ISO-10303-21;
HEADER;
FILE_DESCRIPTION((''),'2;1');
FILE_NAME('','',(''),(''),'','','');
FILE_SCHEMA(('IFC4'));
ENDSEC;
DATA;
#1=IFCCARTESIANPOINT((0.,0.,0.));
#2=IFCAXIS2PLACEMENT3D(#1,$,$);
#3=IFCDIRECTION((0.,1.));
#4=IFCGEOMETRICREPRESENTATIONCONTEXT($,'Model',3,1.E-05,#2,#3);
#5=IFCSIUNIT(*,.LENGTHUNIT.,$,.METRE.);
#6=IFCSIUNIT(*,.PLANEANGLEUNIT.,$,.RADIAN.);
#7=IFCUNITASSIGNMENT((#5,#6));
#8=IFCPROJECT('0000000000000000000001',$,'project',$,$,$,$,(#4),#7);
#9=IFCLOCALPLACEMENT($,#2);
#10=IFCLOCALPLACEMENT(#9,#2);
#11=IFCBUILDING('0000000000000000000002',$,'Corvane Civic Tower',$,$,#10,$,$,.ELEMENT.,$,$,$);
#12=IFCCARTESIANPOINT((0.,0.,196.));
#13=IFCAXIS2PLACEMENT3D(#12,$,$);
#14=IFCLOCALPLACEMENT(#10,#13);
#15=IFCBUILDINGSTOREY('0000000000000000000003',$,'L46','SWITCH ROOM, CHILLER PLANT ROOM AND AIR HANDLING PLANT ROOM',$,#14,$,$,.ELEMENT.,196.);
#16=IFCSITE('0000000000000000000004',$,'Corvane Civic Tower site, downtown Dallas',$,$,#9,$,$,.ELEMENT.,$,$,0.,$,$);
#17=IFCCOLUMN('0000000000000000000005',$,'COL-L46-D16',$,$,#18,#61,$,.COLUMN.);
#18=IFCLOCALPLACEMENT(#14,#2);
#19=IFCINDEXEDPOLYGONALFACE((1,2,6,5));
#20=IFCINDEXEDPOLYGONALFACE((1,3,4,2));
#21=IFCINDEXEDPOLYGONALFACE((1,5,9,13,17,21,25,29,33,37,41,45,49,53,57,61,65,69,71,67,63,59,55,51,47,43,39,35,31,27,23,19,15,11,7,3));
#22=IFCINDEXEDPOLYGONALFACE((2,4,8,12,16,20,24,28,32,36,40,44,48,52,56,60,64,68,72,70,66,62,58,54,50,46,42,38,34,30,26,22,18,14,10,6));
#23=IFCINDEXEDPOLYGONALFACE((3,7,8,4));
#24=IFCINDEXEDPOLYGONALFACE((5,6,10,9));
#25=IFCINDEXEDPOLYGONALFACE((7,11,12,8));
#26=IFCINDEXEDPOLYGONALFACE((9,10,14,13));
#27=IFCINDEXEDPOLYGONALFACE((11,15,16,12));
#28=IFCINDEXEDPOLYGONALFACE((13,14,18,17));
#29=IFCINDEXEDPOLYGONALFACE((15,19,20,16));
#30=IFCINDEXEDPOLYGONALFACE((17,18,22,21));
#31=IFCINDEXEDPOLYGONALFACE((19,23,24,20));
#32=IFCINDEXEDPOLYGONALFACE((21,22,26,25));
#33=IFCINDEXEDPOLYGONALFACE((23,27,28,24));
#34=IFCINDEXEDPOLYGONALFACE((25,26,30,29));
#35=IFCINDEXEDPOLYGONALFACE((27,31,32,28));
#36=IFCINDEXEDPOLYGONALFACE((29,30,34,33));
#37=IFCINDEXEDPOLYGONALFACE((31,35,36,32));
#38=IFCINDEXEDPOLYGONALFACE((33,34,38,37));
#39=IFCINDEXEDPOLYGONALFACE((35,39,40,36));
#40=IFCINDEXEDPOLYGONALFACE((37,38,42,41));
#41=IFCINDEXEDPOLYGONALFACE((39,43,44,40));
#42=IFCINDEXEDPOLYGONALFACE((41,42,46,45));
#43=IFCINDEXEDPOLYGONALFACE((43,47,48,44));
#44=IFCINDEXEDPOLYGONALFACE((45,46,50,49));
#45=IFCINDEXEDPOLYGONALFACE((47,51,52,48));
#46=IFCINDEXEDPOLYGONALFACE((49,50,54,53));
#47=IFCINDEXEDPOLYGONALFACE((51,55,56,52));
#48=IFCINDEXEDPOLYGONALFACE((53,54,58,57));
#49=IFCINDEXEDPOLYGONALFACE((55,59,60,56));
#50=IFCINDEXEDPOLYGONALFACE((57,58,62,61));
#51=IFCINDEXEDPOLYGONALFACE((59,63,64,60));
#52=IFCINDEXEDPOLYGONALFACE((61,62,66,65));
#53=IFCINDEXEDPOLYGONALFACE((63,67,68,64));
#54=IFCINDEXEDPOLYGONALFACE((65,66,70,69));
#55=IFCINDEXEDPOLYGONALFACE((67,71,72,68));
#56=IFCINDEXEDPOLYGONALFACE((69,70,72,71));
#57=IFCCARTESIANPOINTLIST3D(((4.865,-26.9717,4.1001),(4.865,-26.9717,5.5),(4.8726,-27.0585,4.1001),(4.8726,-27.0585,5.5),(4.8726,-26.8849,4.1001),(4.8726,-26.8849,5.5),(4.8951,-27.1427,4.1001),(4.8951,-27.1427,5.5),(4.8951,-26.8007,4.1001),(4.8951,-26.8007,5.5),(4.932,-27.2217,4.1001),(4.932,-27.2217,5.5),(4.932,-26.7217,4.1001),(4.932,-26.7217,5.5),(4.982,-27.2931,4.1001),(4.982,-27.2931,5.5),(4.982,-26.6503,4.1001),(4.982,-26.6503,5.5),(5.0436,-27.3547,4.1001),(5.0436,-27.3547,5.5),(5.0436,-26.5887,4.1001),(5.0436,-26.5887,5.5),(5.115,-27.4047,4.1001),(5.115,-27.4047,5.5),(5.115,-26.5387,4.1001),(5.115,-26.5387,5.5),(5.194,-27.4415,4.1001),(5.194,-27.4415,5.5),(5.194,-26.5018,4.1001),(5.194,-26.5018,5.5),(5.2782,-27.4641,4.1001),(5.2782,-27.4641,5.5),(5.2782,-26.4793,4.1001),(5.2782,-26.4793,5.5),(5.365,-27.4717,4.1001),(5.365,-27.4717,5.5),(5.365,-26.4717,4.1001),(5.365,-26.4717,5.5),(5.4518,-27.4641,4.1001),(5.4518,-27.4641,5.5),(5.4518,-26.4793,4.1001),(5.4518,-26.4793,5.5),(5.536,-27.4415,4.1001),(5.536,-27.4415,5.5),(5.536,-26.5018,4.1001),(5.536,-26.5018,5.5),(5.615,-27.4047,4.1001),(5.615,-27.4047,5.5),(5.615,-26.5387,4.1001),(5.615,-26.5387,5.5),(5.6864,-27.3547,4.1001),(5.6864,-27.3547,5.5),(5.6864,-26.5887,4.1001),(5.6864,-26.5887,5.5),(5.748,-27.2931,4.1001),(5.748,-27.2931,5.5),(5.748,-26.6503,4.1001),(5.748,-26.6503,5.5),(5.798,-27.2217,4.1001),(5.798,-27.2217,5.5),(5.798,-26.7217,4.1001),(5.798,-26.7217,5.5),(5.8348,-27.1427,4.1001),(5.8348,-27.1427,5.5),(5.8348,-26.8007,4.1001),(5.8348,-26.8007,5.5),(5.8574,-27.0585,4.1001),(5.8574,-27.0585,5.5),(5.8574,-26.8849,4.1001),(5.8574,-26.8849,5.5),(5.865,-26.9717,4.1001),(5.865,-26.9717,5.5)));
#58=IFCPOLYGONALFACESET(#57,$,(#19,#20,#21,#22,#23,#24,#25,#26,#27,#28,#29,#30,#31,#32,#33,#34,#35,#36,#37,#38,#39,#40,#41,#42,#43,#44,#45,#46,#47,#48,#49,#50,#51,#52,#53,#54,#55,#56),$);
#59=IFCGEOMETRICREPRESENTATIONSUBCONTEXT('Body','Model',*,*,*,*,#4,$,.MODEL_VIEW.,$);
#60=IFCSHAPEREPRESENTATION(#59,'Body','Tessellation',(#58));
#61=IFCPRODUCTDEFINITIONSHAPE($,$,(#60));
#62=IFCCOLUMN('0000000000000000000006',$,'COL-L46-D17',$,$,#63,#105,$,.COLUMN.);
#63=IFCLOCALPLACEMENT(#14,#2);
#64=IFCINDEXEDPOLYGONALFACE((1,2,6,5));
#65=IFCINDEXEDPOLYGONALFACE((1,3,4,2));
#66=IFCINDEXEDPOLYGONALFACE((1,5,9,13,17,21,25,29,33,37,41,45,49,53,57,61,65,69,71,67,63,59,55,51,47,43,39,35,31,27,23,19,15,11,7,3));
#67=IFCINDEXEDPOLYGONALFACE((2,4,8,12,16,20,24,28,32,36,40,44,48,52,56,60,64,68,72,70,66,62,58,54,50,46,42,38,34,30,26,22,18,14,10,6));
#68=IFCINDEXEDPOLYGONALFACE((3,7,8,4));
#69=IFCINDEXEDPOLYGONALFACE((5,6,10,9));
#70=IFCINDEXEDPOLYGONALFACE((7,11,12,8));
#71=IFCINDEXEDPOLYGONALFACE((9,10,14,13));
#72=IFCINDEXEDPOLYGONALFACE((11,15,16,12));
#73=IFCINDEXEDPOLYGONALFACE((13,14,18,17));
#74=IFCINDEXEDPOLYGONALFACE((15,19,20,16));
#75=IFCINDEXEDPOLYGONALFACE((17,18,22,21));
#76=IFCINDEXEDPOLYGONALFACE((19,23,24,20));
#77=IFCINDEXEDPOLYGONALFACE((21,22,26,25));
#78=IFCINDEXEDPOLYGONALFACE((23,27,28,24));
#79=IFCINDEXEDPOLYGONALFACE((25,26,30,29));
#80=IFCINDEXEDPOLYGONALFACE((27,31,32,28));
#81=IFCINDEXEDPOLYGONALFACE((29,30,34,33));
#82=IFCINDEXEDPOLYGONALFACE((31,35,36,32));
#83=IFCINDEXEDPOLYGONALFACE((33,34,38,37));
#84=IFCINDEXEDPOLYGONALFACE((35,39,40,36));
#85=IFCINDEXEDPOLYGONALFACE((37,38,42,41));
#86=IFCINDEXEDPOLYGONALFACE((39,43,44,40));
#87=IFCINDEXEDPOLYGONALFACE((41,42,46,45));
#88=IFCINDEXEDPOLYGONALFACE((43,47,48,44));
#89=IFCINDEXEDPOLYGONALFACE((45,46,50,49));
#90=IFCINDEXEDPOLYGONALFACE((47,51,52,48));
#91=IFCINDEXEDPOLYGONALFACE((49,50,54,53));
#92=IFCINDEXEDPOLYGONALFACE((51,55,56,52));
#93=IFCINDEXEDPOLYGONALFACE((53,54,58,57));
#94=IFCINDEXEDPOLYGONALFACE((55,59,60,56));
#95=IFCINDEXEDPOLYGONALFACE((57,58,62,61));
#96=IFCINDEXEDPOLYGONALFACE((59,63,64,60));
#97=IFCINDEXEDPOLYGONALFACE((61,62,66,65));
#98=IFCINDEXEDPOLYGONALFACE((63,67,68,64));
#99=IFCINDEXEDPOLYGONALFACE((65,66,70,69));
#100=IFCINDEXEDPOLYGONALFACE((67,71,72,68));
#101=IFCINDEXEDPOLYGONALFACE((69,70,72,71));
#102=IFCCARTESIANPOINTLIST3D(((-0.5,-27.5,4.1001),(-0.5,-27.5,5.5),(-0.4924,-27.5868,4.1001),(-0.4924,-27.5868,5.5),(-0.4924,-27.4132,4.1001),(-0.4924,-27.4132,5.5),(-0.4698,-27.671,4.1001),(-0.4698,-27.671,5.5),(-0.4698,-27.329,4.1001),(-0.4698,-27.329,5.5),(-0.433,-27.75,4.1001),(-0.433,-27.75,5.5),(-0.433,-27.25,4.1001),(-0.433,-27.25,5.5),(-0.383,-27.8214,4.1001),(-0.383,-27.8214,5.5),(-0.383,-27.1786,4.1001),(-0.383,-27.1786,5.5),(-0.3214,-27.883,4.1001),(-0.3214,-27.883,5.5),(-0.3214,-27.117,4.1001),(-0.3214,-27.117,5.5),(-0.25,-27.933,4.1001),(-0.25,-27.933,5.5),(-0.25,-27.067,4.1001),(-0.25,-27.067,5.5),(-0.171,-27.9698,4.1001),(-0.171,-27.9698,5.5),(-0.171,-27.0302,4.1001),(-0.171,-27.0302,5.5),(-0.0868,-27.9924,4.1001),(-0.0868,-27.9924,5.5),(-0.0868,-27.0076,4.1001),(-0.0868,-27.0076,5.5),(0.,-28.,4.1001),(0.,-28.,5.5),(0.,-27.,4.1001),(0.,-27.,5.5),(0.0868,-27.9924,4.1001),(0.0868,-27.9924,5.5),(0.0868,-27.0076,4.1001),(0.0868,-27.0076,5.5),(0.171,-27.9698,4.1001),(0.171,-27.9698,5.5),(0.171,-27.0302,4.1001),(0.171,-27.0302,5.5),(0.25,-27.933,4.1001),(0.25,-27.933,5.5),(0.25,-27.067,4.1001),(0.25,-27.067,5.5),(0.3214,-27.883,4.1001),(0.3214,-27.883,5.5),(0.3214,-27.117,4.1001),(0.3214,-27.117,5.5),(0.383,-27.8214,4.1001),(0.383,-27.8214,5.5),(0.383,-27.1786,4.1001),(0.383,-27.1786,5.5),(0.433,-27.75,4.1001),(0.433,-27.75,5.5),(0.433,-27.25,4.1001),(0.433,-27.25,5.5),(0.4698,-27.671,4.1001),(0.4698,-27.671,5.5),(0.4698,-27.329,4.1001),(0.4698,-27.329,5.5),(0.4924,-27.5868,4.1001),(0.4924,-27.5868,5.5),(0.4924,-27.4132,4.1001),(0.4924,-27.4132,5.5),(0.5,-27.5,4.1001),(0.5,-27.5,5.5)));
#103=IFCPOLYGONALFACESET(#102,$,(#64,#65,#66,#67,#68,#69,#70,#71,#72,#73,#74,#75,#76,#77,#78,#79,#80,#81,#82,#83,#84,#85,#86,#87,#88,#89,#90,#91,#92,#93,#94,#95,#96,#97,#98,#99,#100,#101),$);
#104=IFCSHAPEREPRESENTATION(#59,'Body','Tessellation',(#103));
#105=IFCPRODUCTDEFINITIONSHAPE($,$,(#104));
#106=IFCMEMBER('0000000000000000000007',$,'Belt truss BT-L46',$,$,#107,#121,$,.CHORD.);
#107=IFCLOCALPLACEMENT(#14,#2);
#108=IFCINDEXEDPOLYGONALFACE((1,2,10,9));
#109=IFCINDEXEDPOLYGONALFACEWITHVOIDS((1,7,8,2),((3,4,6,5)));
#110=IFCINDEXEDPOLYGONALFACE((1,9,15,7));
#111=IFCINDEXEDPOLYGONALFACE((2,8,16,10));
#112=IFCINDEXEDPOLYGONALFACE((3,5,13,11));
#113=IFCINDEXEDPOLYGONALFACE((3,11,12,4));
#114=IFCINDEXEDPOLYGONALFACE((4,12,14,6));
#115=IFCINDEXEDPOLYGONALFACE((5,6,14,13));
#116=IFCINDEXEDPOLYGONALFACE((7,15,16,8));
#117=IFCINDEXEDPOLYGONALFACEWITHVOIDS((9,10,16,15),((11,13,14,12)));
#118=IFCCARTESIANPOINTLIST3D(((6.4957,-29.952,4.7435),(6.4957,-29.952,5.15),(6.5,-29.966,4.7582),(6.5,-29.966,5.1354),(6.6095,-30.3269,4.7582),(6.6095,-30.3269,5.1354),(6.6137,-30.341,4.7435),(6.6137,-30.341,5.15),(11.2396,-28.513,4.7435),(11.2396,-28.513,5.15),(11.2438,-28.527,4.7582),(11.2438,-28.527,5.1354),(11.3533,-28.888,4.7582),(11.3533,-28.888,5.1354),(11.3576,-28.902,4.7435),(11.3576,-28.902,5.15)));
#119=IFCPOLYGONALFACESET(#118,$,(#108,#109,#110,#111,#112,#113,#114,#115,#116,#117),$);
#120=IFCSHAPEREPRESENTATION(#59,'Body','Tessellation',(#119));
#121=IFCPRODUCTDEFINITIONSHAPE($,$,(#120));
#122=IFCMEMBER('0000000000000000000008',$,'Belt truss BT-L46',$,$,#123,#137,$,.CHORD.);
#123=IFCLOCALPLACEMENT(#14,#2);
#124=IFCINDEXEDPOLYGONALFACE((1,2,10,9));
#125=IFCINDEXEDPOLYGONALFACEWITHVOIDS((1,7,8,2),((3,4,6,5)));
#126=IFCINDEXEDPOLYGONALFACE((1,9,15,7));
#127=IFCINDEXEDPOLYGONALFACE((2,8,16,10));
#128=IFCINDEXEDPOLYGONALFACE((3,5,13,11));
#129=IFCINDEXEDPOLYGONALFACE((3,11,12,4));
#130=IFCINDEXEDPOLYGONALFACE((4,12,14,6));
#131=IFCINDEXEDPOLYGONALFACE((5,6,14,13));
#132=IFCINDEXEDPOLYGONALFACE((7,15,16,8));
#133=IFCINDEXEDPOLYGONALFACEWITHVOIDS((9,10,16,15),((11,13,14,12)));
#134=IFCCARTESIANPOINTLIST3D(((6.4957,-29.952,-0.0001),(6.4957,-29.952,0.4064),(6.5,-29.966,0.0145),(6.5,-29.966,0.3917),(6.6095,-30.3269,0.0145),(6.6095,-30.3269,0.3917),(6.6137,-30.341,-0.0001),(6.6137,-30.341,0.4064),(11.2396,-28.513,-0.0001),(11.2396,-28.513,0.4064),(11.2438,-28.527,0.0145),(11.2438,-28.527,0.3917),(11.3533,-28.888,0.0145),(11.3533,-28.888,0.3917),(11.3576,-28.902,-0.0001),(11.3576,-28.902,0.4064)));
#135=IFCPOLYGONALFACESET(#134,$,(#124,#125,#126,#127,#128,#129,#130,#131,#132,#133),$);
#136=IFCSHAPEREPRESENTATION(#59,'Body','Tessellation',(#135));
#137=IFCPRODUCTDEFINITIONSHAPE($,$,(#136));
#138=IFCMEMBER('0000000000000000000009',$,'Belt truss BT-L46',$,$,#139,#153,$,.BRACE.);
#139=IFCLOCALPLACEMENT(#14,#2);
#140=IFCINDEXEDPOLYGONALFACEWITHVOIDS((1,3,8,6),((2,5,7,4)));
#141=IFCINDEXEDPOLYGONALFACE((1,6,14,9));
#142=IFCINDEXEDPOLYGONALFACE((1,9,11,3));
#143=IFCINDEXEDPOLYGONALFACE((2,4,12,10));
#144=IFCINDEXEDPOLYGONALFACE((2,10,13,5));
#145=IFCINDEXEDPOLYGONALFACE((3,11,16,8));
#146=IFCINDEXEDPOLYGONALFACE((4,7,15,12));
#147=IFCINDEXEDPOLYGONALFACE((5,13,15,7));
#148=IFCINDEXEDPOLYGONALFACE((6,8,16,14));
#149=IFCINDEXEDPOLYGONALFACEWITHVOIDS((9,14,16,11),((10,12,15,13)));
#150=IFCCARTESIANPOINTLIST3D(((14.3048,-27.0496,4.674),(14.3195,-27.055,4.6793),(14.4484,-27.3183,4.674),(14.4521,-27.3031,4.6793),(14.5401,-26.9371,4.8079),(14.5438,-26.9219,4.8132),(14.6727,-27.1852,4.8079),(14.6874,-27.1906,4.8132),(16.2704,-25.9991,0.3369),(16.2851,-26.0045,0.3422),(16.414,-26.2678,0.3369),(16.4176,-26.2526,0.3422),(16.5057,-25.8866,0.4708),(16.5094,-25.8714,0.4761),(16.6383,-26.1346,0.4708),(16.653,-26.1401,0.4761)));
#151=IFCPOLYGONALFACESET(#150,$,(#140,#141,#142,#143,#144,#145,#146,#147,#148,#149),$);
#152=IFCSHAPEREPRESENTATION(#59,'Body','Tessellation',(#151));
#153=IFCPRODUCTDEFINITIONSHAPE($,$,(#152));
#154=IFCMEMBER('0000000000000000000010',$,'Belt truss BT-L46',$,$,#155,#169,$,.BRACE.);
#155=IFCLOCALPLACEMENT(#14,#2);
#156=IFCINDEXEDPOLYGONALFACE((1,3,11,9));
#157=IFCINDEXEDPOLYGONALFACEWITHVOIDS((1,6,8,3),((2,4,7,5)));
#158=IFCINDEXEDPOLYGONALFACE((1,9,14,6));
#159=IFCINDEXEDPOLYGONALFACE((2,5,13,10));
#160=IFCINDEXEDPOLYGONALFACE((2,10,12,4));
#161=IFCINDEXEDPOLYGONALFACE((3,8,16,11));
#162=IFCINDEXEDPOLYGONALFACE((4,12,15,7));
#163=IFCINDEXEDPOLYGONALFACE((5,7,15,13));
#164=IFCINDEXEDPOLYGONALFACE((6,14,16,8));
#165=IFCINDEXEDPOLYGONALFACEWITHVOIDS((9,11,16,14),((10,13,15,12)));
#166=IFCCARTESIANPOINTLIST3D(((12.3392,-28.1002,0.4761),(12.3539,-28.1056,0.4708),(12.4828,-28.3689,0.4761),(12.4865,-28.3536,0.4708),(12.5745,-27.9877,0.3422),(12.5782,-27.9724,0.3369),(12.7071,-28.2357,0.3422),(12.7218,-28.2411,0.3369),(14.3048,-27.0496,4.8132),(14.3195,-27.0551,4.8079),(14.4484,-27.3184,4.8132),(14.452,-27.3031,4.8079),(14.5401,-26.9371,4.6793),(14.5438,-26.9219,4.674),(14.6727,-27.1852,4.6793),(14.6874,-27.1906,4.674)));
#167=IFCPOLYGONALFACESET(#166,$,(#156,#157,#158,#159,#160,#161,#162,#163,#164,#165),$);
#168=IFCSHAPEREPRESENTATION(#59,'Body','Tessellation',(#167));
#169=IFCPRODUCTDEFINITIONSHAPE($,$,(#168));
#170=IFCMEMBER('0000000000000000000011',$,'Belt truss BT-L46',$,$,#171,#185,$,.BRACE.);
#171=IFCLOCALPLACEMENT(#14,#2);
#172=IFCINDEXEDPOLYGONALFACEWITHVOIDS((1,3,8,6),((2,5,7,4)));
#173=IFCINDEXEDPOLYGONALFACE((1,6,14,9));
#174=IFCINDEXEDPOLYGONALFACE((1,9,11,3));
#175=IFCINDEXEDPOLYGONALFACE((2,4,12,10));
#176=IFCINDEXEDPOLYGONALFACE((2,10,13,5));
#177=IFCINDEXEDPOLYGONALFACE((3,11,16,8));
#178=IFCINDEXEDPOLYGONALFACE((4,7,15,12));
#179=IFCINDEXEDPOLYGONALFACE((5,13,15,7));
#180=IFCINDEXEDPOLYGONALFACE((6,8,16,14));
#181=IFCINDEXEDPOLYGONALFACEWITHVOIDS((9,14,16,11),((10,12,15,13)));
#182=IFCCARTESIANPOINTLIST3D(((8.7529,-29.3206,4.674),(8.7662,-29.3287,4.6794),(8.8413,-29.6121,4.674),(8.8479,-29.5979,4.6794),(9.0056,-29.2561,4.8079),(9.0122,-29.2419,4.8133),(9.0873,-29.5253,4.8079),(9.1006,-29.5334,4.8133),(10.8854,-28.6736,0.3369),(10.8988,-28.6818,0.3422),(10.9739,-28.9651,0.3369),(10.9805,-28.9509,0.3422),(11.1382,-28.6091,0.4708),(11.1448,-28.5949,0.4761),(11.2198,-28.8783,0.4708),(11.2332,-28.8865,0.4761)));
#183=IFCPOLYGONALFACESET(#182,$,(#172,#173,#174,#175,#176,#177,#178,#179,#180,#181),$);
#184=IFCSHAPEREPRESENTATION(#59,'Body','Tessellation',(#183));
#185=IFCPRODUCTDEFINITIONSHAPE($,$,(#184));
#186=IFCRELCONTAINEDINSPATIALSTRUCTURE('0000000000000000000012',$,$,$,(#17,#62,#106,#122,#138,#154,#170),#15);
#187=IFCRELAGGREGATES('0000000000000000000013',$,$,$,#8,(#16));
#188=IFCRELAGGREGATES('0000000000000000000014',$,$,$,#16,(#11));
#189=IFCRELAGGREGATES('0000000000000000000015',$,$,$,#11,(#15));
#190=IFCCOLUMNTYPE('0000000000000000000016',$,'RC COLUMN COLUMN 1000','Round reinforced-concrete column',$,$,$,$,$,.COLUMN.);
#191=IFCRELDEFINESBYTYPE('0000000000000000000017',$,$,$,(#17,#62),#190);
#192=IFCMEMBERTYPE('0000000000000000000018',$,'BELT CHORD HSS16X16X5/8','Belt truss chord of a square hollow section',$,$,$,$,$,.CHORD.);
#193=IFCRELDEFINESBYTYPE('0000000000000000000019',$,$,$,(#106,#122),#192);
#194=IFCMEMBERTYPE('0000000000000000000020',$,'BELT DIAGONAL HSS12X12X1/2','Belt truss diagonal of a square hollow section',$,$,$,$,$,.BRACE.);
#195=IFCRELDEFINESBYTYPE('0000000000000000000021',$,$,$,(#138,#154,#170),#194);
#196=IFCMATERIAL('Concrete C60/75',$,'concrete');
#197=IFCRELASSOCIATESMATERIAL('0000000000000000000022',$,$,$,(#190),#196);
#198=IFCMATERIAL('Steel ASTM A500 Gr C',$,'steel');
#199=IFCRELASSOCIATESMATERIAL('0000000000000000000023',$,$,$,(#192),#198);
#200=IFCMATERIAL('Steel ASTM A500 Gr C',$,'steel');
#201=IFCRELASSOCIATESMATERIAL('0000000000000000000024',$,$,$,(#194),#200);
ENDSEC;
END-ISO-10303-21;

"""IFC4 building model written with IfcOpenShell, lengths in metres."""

from ifc_helpers import new_model, si_unit, direction, frame, origin, origin_2d, place, context, subcontext, project, spatial, hollow_rectangle, circle, extrude, material, material_profile, profile_set, type_object, element, save


model = new_model("IFC4")

# Units and contexts
model_context = context("Model", 3, precision=1e-05, world=origin(), true_north=direction((0.0, 1.0)))
body_context = subcontext(model_context, "Body", "Model", "MODEL_VIEW")
ifc_project = project(units=[si_unit("LENGTHUNIT", "METRE"), si_unit("PLANEANGLEUNIT", "RADIAN")], contexts=[model_context])

# Site, building, storey
site_placement = place(None, origin())
site = spatial("IfcSite", under=ifc_project, at=site_placement, Name="Corvane Civic Tower site, downtown Dallas", CompositionType="ELEMENT", RefElevation=0.0)
building_placement = place(site_placement, origin())
building = spatial("IfcBuilding", under=site, at=building_placement, Name="Corvane Civic Tower", CompositionType="ELEMENT")
storey_placement = place(building_placement, frame((0.0, 0.0, 196.0)))
storey = spatial("IfcBuildingStorey", under=building, at=storey_placement, Name="L46", Description="SWITCH ROOM, CHILLER PLANT ROOM AND AIR HANDLING PLANT ROOM", CompositionType="ELEMENT", Elevation=196.0)

# Columns
ifc_material_1 = material(Name="Concrete C60/75", Category="concrete")
ifc_material_profile_1 = material_profile(ifc_material_1, circle(Radius=0.5, at=origin_2d()), Name="COLUMN 1000")
ifc_profile_set_1 = profile_set([ifc_material_profile_1], Name="Concrete C60/75")
column_type_1 = type_object("IfcColumnType", Name="RC COLUMN COLUMN 1000", Description="Round reinforced-concrete column", PredefinedType="COLUMN", material=ifc_profile_set_1)
for number, where, z_axis, x_axis, name in (
    (1, (5.365, -26.9717, 4.1001), (0.0, 0.0, 1.0), (1.0, 0.0, 0.0), "COL-L46-D16"),
    (2, (0.0, -27.5, 4.1001), (0.0, 0.0, 1.0), (1.0, 0.0, 0.0), "COL-L46-D17"),
):
    element("IfcColumn", number, at=place(storey_placement, frame(where, z_axis=z_axis, x_axis=x_axis)), inside=storey, type_object=column_type_1, Name=name, PredefinedType="COLUMN", context=body_context, shape_type="SweptSolid", body=[
        extrude(circle(Radius=0.5, at=origin_2d()), origin(), (0.0, 0.0, 1.0), 1.3999),
    ])

# Members
ifc_material_2 = material(Name="Steel ASTM A500 Gr C", Category="steel")
ifc_material_profile_2 = material_profile(ifc_material_2, hollow_rectangle(XDim=0.4065, YDim=0.4065, WallThickness=0.0146, at=origin_2d()), Name="HSS16X16X5/8")
ifc_profile_set_2 = profile_set([ifc_material_profile_2], Name="Steel ASTM A500 Gr C")
member_type_1 = type_object("IfcMemberType", Name="BELT CHORD HSS16X16X5/8", Description="Belt truss chord of a square hollow section", PredefinedType="CHORD", material=ifc_profile_set_2)
for number, where, z_axis, x_axis, name in (
    (3, (11.2986, -28.7075, 4.9468), (-0.956945, -0.29027, 0.0), (0.29027, -0.956945, 0.0), "Belt truss BT-L46"),
    (4, (11.2986, -28.7075, 0.2031), (-0.956945, -0.29027, 0.0), (0.29027, -0.956945, 0.0), "Belt truss BT-L46"),
):
    element("IfcMember", number, at=place(storey_placement, frame(where, z_axis=z_axis, x_axis=x_axis)), inside=storey, type_object=member_type_1, Name=name, PredefinedType="CHORD", context=body_context, shape_type="SweptSolid", body=[
        extrude(hollow_rectangle(XDim=0.4065, YDim=0.4065, WallThickness=0.0146, at=origin_2d()), origin(), (0.0, 0.0, 1.0), 4.9573),
    ])
ifc_material_3 = material(Name="Steel ASTM A500 Gr C", Category="steel")
ifc_material_profile_3 = material_profile(ifc_material_3, hollow_rectangle(XDim=0.3047, YDim=0.3047, WallThickness=0.0117, at=origin_2d()), Name="HSS12X12X1/2")
ifc_profile_set_3 = profile_set([ifc_material_profile_3], Name="Steel ASTM A500 Gr C")
member_type_2 = type_object("IfcMemberType", Name="BELT DIAGONAL HSS12X12X1/2", Description="Belt truss diagonal of a square hollow section", PredefinedType="BRACE", material=ifc_profile_set_3)
for number, where, z_axis, x_axis, name in (
    (5, (16.4617, -26.0696, 0.4065), (-0.40309, -0.215438, 0.889441), (0.471367, -0.881937, 0.0), "Belt truss BT-L46"),
    (6, (12.5305, -28.1707, 0.4065), (0.40309, 0.215438, 0.889441), (-0.471367, 0.881937, 0.0), "Belt truss BT-L46"),
    (7, (11.0593, -28.78, 0.4065), (-0.437342, -0.13268, 0.889454), (0.290311, -0.956932, 0.0), "Belt truss BT-L46"),
):
    element("IfcMember", number, at=place(storey_placement, frame(where, z_axis=z_axis, x_axis=x_axis)), inside=storey, type_object=member_type_2, Name=name, PredefinedType="BRACE", context=body_context, shape_type="SweptSolid", body=[
        extrude(hollow_rectangle(XDim=0.3047, YDim=0.3047, WallThickness=0.0117, at=origin_2d()), origin(), (0.0, 0.0, 1.0), 4.8762),
    ])

save(model, "model.ifc")
